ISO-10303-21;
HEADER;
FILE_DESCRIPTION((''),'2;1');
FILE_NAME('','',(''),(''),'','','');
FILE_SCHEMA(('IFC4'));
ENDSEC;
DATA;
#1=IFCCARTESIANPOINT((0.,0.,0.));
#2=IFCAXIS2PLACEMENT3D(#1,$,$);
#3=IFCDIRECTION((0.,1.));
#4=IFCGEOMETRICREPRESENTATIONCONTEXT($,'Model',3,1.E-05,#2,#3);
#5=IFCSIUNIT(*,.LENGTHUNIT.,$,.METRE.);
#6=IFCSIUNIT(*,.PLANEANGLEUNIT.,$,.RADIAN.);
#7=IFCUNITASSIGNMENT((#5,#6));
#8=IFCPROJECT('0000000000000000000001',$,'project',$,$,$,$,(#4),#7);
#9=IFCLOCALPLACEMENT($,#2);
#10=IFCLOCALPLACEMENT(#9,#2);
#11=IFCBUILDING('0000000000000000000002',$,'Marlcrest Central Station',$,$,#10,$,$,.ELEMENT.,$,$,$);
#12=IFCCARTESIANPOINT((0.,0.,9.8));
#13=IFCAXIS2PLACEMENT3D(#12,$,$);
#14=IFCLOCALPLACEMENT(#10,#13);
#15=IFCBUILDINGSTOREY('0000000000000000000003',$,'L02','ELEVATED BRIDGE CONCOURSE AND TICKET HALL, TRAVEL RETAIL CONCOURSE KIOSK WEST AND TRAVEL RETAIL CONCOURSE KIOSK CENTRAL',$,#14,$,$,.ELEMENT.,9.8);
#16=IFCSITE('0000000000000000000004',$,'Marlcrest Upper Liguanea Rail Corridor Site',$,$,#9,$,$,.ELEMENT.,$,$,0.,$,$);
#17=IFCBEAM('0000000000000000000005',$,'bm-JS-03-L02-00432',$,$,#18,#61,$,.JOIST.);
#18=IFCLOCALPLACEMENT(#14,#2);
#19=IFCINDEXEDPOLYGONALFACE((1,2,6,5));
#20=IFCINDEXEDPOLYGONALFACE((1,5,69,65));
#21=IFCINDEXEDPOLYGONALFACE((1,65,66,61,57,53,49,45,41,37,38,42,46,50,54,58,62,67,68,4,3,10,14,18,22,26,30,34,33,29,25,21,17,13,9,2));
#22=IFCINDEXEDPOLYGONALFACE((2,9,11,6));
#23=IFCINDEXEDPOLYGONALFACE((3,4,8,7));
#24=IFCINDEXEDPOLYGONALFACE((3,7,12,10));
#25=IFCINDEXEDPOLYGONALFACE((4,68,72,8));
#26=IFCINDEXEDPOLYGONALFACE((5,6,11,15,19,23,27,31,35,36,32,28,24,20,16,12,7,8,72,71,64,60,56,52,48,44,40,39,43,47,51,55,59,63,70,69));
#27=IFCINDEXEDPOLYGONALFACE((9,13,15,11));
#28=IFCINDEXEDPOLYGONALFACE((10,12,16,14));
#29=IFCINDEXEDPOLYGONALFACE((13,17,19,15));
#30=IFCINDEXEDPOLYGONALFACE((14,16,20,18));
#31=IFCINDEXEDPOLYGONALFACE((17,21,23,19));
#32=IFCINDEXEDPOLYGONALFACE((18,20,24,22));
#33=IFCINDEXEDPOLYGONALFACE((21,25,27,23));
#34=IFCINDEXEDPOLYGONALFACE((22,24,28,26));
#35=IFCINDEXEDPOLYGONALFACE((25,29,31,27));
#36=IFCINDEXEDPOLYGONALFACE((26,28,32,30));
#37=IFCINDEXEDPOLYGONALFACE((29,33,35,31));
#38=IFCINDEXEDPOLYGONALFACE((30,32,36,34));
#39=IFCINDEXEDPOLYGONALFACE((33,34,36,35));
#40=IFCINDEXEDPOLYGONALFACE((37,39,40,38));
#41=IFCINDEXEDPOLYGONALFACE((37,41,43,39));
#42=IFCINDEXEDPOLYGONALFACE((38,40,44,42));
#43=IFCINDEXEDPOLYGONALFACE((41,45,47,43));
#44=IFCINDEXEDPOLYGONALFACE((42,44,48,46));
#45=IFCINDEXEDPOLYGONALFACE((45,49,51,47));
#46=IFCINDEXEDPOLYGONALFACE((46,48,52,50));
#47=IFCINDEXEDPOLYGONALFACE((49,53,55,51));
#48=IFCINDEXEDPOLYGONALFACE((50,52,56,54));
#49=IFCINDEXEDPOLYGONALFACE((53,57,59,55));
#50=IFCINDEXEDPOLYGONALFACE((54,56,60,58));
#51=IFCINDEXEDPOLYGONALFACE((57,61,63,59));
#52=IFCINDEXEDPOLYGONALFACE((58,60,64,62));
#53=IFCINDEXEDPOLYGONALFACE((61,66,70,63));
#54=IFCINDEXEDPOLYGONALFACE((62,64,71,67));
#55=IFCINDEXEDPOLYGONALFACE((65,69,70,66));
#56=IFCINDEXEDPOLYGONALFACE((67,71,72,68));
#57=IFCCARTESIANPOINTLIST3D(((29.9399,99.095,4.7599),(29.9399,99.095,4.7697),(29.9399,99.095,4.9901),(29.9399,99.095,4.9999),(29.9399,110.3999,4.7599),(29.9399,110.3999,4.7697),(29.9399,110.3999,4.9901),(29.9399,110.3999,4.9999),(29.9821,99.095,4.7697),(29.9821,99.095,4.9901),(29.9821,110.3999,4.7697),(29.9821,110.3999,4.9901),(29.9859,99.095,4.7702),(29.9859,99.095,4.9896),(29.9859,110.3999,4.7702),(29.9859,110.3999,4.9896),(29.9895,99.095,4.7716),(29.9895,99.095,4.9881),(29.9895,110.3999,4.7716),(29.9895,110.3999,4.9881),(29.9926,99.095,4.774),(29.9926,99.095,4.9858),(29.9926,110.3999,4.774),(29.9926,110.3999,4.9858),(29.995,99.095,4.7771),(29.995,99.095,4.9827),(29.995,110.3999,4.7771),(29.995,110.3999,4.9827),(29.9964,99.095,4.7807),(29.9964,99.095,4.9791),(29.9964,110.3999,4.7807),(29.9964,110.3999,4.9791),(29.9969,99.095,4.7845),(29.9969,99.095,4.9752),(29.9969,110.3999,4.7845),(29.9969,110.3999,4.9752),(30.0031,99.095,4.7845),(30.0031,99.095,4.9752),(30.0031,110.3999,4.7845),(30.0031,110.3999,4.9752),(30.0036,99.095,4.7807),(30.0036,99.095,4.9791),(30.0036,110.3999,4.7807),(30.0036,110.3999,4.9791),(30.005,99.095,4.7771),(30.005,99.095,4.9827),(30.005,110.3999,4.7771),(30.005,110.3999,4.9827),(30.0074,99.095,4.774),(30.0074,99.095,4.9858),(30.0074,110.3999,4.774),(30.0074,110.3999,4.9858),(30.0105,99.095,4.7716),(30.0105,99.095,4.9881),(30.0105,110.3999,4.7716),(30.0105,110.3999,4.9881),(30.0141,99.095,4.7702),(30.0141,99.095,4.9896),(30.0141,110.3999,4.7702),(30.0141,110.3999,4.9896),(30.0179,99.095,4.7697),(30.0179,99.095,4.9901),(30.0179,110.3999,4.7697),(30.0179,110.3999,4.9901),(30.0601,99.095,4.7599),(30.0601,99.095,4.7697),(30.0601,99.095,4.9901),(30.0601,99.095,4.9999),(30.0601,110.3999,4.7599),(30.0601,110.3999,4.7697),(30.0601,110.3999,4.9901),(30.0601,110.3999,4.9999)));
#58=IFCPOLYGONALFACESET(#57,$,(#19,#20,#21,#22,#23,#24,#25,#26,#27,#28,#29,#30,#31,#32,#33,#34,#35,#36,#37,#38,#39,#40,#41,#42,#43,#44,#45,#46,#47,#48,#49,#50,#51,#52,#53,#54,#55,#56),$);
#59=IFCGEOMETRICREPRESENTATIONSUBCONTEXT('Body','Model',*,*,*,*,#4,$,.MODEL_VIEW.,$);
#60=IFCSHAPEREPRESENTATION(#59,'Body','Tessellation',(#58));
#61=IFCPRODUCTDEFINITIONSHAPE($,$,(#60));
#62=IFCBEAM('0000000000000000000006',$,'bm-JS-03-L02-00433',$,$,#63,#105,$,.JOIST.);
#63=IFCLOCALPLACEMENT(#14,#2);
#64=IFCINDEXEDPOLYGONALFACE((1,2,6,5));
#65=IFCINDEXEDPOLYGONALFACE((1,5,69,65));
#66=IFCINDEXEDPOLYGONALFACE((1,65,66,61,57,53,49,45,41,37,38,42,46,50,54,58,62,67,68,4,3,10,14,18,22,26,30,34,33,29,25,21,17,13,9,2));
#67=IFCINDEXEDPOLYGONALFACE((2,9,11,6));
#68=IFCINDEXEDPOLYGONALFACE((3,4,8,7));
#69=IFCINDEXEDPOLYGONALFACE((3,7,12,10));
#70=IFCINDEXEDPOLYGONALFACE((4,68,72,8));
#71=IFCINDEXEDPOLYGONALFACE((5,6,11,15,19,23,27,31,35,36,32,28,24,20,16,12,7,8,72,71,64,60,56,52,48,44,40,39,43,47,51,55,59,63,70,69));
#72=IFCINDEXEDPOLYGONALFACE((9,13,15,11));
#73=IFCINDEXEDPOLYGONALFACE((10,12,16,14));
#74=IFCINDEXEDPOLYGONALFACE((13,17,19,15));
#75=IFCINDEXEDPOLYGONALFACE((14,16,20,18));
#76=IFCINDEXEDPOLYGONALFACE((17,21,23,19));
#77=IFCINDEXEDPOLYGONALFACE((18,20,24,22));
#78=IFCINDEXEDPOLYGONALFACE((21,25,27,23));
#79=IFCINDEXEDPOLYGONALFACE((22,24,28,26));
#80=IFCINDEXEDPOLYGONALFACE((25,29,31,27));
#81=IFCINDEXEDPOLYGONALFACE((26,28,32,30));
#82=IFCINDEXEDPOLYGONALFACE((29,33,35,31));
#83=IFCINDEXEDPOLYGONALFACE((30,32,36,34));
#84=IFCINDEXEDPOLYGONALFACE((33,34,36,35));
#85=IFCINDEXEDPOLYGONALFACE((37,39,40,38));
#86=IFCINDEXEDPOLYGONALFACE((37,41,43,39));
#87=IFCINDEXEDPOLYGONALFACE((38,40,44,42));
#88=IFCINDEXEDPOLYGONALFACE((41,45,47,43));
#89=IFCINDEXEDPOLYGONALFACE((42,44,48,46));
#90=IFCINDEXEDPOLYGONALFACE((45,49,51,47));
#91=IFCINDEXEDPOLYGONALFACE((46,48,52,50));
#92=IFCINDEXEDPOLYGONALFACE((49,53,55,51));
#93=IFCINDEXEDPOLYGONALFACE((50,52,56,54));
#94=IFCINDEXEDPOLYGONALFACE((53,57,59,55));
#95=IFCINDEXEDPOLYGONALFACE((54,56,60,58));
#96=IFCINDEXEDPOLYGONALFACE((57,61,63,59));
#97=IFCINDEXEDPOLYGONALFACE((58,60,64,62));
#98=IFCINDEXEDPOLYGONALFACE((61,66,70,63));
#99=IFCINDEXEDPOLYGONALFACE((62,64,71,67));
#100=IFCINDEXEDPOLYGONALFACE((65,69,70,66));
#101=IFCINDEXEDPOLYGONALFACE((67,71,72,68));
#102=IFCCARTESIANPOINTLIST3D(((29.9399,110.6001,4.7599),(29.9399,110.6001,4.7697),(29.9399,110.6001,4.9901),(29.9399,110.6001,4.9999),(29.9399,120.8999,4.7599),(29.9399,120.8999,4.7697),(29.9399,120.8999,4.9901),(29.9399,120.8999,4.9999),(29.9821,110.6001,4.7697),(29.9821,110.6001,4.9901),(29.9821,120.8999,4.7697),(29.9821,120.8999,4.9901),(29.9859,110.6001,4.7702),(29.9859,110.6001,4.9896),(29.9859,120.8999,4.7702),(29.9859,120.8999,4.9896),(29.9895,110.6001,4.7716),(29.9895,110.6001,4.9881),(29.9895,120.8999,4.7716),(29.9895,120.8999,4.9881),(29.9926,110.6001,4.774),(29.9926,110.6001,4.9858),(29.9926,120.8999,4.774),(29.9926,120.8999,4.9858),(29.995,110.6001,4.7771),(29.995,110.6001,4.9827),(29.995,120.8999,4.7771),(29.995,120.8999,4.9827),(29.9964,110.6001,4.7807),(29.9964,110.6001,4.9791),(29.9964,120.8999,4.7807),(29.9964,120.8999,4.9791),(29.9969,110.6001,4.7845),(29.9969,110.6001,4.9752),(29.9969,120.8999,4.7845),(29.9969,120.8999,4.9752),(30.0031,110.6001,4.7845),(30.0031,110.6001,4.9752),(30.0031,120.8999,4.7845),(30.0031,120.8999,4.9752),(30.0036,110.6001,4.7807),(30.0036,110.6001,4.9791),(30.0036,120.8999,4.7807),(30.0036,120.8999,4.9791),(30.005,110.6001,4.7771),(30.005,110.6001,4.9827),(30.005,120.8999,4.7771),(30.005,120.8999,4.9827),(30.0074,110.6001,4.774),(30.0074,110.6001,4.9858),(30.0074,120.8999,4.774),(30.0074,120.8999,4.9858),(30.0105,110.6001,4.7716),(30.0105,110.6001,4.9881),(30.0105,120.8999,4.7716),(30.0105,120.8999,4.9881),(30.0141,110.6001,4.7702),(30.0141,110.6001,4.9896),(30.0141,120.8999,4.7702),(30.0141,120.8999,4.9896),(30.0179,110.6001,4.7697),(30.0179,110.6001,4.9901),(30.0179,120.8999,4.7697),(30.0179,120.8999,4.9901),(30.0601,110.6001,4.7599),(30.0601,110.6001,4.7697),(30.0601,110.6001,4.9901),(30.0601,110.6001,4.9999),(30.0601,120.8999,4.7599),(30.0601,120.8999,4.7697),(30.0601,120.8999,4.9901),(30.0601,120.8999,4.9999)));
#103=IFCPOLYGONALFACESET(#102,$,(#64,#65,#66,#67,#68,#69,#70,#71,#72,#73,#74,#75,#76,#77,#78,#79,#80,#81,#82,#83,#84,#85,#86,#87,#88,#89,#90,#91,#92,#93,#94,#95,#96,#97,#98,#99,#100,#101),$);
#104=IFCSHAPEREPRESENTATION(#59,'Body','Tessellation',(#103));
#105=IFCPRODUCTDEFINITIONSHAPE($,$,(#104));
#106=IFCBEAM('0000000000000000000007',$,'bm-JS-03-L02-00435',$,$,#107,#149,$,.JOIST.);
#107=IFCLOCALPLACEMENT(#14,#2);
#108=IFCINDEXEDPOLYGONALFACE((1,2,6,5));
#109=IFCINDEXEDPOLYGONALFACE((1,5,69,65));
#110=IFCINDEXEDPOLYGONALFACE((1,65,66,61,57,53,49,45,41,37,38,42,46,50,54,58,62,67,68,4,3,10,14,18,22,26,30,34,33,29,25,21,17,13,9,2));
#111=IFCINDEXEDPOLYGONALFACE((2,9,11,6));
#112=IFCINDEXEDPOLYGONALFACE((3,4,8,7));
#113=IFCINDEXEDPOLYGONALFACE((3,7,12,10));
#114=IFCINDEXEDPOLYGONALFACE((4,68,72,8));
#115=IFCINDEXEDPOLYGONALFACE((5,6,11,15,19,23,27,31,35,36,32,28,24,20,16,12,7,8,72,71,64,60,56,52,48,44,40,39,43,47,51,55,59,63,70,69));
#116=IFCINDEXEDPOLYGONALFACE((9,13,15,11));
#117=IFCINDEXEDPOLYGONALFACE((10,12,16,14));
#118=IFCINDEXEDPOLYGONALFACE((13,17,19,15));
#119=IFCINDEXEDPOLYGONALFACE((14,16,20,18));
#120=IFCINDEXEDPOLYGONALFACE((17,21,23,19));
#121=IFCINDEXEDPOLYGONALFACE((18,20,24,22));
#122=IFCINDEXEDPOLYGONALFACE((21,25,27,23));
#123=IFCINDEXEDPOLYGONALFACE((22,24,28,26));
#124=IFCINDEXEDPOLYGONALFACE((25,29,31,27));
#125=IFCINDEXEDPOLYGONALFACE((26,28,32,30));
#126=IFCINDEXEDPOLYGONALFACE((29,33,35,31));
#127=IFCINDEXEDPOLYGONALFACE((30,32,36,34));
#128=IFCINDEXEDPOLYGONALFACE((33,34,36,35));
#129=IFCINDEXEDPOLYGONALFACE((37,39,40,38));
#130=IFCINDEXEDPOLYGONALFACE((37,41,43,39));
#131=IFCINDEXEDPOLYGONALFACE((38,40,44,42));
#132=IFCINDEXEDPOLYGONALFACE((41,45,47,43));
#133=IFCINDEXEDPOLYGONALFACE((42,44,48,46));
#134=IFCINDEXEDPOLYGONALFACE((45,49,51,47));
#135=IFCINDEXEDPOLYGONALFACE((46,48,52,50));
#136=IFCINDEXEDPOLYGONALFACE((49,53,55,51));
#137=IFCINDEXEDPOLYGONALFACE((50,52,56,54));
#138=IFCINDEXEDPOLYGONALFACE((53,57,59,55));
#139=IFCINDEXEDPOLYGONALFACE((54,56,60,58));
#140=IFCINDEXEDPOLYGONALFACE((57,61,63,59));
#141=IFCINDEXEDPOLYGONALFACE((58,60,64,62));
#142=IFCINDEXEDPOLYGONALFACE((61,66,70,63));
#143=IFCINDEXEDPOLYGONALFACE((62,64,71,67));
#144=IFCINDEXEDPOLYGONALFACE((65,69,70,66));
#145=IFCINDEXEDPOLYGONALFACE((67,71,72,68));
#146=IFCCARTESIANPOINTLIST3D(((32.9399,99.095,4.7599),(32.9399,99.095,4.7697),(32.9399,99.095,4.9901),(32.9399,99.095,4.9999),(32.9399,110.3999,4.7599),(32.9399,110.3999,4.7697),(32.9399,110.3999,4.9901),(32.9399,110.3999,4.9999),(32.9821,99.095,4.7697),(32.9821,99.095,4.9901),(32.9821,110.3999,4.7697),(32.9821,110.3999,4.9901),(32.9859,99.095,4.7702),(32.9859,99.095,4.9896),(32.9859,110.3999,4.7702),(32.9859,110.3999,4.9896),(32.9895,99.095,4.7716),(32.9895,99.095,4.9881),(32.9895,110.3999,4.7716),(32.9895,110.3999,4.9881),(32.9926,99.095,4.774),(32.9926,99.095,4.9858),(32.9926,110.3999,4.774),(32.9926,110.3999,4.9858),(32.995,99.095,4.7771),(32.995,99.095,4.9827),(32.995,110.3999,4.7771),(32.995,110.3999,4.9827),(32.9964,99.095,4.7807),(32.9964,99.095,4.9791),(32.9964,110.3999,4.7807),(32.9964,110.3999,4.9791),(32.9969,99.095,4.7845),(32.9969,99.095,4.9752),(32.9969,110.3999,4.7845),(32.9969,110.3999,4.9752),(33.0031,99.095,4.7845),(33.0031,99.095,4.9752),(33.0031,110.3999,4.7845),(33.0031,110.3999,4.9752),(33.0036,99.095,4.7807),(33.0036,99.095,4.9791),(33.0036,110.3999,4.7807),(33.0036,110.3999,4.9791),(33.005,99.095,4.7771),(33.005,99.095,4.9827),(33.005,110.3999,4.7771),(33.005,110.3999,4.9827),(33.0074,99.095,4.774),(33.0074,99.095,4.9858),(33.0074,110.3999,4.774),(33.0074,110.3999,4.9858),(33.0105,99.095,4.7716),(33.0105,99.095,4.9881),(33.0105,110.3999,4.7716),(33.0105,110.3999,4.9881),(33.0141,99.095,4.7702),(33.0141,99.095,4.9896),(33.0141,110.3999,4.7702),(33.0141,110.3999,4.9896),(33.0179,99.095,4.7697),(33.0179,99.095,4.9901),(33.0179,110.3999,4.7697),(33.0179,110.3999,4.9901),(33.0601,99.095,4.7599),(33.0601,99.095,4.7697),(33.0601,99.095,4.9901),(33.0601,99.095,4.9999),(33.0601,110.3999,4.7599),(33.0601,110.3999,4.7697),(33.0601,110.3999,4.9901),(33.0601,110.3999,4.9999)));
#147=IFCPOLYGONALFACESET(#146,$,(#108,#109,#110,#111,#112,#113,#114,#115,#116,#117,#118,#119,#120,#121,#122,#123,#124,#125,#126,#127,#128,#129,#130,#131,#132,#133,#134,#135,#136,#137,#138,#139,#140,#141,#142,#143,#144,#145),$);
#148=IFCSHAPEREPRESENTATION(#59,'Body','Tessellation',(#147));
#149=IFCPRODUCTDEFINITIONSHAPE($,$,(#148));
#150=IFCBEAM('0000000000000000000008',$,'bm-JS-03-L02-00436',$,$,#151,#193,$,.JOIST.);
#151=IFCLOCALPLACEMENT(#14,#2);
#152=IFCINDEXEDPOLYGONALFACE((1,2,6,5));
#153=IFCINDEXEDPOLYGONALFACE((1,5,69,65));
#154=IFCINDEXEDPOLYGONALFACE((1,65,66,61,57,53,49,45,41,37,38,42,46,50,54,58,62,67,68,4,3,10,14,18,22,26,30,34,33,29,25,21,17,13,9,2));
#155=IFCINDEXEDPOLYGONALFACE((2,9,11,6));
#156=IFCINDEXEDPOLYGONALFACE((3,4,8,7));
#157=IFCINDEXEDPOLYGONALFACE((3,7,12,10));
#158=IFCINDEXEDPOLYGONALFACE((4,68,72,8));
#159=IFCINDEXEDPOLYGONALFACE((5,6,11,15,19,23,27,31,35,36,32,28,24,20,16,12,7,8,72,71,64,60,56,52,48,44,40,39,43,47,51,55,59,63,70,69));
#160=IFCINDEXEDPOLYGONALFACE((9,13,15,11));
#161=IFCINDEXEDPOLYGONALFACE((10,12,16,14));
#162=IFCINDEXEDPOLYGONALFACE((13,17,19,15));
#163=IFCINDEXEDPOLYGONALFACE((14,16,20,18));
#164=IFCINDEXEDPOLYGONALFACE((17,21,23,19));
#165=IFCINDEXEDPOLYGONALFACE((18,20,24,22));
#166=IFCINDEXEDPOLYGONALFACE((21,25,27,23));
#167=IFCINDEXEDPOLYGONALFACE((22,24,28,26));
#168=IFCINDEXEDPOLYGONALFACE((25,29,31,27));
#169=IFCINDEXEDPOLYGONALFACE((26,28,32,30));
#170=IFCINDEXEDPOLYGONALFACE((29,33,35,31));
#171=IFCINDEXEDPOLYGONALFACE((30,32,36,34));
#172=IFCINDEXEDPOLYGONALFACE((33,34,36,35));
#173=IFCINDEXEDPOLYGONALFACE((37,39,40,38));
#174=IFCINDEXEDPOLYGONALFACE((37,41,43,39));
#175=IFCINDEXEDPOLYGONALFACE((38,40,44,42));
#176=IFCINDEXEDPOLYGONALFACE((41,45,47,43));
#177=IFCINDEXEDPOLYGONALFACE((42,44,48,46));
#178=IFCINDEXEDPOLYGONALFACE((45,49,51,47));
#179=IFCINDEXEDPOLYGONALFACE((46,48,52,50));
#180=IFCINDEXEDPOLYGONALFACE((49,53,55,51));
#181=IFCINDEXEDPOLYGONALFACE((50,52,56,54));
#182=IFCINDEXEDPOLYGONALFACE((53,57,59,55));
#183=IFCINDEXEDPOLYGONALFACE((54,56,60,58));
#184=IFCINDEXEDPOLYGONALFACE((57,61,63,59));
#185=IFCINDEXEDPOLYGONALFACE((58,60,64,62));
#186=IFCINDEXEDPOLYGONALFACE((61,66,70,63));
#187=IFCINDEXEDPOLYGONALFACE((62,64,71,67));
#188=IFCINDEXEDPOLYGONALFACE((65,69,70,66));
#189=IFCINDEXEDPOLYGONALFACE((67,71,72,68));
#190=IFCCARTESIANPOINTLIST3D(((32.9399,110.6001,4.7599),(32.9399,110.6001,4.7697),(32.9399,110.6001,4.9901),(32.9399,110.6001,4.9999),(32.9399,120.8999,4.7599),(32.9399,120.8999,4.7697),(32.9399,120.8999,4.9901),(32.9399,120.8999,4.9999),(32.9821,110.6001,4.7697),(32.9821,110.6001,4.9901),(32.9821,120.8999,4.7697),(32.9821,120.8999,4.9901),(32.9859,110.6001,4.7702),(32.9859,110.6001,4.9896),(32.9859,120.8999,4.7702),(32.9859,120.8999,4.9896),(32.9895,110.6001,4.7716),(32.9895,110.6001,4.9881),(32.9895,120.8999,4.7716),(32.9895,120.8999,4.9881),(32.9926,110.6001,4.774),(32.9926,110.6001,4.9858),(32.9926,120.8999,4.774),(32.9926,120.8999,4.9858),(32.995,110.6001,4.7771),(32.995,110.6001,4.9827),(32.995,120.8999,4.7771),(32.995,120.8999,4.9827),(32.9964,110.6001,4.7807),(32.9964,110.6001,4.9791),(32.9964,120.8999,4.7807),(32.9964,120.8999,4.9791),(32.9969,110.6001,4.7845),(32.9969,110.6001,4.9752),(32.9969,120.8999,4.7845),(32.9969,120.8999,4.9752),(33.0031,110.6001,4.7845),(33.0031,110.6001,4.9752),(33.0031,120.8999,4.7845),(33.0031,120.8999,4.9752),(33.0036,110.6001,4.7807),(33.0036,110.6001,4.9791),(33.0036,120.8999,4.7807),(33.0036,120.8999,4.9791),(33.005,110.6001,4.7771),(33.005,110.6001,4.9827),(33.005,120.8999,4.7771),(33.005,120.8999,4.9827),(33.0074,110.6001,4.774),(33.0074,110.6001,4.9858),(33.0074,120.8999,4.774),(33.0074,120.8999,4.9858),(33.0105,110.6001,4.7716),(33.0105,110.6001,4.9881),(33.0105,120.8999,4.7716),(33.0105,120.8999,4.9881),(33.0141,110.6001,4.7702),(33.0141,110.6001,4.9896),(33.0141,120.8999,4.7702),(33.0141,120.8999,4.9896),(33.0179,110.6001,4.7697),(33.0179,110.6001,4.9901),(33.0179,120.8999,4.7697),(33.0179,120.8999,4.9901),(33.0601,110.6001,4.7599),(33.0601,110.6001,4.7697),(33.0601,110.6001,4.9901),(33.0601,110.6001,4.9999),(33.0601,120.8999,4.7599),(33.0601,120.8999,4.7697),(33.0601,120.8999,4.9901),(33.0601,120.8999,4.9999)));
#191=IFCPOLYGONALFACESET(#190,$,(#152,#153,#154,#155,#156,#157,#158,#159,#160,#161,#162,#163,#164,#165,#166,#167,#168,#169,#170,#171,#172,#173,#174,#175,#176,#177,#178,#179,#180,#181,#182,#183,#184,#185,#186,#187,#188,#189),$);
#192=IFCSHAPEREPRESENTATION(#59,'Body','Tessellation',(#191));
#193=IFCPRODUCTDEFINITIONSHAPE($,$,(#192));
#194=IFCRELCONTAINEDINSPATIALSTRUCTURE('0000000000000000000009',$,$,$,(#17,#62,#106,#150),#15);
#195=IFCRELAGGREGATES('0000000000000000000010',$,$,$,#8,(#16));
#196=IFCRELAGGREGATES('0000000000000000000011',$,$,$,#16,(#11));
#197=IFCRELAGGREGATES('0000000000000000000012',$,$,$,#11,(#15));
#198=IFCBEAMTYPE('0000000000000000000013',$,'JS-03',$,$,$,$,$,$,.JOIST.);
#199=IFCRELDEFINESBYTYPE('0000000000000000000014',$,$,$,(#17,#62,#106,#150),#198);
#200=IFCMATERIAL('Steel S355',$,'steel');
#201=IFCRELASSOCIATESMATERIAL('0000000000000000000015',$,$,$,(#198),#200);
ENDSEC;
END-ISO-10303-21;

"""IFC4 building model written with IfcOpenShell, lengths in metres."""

from ifc_helpers import new_model, si_unit, direction, frame, origin, origin_2d, place, context, subcontext, project, spatial, i_section, extrude, material, material_profile, profile_set, type_object, element, save


model = new_model("IFC4")

# Units and contexts
model_context = context("Model", 3, precision=1e-05, world=origin(), true_north=direction((0.0, 1.0)))
body_context = subcontext(model_context, "Body", "Model", "MODEL_VIEW")
ifc_project = project(units=[si_unit("LENGTHUNIT", "METRE"), si_unit("PLANEANGLEUNIT", "RADIAN")], contexts=[model_context])

# Site, building, storey
site_placement = place(None, origin())
site = spatial("IfcSite", under=ifc_project, at=site_placement, Name="Marlcrest Upper Liguanea Rail Corridor Site", CompositionType="ELEMENT", RefElevation=0.0)
building_placement = place(site_placement, origin())
building = spatial("IfcBuilding", under=site, at=building_placement, Name="Marlcrest Central Station", CompositionType="ELEMENT")
storey_placement = place(building_placement, frame((0.0, 0.0, 9.8)))
storey = spatial("IfcBuildingStorey", under=building, at=storey_placement, Name="L02", Description="ELEVATED BRIDGE CONCOURSE AND TICKET HALL, TRAVEL RETAIL CONCOURSE KIOSK WEST AND TRAVEL RETAIL CONCOURSE KIOSK CENTRAL", CompositionType="ELEMENT", Elevation=9.8)

# Shared definitions
ifc_material_1 = material(Name="Steel S355", Category="steel")

# Beams
ifc_material_profile_1 = material_profile(ifc_material_1, i_section(OverallWidth=0.1201, OverallDepth=0.24, WebThickness=0.0061, FlangeThickness=0.0098, FilletRadius=0.0149, at=origin_2d()), Name="IPE 240")
ifc_profile_set_1 = profile_set([ifc_material_profile_1], Name="Steel S355")
beam_type_1 = type_object("IfcBeamType", Name="JS-03", PredefinedType="JOIST", material=ifc_profile_set_1)
for number, where, z_axis, x_axis, name in (
    (1, (30.0, 99.095, 4.8799), (0.0, 1.0, 0.0), (-1.0, 0.0, 0.0), "bm-JS-03-L02-00432"),
):
    element("IfcBeam", number, at=place(storey_placement, frame(where, z_axis=z_axis, x_axis=x_axis)), inside=storey, type_object=beam_type_1, Name=name, PredefinedType="JOIST", context=body_context, shape_type="SweptSolid", body=[
        extrude(i_section(OverallWidth=0.1201, OverallDepth=0.24, WebThickness=0.0061, FlangeThickness=0.0098, FilletRadius=0.0149, at=origin_2d()), origin(), (0.0, 0.0, 1.0), 11.3049),
    ])
beam_1_placement = place(storey_placement, frame((30.0, 110.6001, 4.8799), z_axis=(0.0, 1.0, 0.0), x_axis=(-1.0, 0.0, 0.0)))
element("IfcBeam", 2, at=beam_1_placement, inside=storey, type_object=beam_type_1, Name="bm-JS-03-L02-00433", PredefinedType="JOIST", context=body_context, shape_type="SweptSolid", body=[
    extrude(i_section(OverallWidth=0.1201, OverallDepth=0.24, WebThickness=0.0061, FlangeThickness=0.0098, FilletRadius=0.0149, at=origin_2d()), origin(), (0.0, 0.0, 1.0), 10.2998),
])
beam_2_placement = place(storey_placement, frame((33.0, 99.095, 4.8799), z_axis=(0.0, 1.0, 0.0), x_axis=(-1.0, 0.0, 0.0)))
element("IfcBeam", 3, at=beam_2_placement, inside=storey, type_object=beam_type_1, Name="bm-JS-03-L02-00435", PredefinedType="JOIST", context=body_context, shape_type="SweptSolid", body=[
    extrude(i_section(OverallWidth=0.1201, OverallDepth=0.24, WebThickness=0.0061, FlangeThickness=0.0098, FilletRadius=0.0149, at=origin_2d()), origin(), (0.0, 0.0, 1.0), 11.3049),
])
beam_3_placement = place(storey_placement, frame((33.0, 110.6001, 4.8799), z_axis=(0.0, 1.0, 0.0), x_axis=(-1.0, 0.0, 0.0)))
element("IfcBeam", 4, at=beam_3_placement, inside=storey, type_object=beam_type_1, Name="bm-JS-03-L02-00436", PredefinedType="JOIST", context=body_context, shape_type="SweptSolid", body=[
    extrude(i_section(OverallWidth=0.1201, OverallDepth=0.24, WebThickness=0.0061, FlangeThickness=0.0098, FilletRadius=0.0149, at=origin_2d()), origin(), (0.0, 0.0, 1.0), 10.2998),
])

save(model, "model.ifc")
